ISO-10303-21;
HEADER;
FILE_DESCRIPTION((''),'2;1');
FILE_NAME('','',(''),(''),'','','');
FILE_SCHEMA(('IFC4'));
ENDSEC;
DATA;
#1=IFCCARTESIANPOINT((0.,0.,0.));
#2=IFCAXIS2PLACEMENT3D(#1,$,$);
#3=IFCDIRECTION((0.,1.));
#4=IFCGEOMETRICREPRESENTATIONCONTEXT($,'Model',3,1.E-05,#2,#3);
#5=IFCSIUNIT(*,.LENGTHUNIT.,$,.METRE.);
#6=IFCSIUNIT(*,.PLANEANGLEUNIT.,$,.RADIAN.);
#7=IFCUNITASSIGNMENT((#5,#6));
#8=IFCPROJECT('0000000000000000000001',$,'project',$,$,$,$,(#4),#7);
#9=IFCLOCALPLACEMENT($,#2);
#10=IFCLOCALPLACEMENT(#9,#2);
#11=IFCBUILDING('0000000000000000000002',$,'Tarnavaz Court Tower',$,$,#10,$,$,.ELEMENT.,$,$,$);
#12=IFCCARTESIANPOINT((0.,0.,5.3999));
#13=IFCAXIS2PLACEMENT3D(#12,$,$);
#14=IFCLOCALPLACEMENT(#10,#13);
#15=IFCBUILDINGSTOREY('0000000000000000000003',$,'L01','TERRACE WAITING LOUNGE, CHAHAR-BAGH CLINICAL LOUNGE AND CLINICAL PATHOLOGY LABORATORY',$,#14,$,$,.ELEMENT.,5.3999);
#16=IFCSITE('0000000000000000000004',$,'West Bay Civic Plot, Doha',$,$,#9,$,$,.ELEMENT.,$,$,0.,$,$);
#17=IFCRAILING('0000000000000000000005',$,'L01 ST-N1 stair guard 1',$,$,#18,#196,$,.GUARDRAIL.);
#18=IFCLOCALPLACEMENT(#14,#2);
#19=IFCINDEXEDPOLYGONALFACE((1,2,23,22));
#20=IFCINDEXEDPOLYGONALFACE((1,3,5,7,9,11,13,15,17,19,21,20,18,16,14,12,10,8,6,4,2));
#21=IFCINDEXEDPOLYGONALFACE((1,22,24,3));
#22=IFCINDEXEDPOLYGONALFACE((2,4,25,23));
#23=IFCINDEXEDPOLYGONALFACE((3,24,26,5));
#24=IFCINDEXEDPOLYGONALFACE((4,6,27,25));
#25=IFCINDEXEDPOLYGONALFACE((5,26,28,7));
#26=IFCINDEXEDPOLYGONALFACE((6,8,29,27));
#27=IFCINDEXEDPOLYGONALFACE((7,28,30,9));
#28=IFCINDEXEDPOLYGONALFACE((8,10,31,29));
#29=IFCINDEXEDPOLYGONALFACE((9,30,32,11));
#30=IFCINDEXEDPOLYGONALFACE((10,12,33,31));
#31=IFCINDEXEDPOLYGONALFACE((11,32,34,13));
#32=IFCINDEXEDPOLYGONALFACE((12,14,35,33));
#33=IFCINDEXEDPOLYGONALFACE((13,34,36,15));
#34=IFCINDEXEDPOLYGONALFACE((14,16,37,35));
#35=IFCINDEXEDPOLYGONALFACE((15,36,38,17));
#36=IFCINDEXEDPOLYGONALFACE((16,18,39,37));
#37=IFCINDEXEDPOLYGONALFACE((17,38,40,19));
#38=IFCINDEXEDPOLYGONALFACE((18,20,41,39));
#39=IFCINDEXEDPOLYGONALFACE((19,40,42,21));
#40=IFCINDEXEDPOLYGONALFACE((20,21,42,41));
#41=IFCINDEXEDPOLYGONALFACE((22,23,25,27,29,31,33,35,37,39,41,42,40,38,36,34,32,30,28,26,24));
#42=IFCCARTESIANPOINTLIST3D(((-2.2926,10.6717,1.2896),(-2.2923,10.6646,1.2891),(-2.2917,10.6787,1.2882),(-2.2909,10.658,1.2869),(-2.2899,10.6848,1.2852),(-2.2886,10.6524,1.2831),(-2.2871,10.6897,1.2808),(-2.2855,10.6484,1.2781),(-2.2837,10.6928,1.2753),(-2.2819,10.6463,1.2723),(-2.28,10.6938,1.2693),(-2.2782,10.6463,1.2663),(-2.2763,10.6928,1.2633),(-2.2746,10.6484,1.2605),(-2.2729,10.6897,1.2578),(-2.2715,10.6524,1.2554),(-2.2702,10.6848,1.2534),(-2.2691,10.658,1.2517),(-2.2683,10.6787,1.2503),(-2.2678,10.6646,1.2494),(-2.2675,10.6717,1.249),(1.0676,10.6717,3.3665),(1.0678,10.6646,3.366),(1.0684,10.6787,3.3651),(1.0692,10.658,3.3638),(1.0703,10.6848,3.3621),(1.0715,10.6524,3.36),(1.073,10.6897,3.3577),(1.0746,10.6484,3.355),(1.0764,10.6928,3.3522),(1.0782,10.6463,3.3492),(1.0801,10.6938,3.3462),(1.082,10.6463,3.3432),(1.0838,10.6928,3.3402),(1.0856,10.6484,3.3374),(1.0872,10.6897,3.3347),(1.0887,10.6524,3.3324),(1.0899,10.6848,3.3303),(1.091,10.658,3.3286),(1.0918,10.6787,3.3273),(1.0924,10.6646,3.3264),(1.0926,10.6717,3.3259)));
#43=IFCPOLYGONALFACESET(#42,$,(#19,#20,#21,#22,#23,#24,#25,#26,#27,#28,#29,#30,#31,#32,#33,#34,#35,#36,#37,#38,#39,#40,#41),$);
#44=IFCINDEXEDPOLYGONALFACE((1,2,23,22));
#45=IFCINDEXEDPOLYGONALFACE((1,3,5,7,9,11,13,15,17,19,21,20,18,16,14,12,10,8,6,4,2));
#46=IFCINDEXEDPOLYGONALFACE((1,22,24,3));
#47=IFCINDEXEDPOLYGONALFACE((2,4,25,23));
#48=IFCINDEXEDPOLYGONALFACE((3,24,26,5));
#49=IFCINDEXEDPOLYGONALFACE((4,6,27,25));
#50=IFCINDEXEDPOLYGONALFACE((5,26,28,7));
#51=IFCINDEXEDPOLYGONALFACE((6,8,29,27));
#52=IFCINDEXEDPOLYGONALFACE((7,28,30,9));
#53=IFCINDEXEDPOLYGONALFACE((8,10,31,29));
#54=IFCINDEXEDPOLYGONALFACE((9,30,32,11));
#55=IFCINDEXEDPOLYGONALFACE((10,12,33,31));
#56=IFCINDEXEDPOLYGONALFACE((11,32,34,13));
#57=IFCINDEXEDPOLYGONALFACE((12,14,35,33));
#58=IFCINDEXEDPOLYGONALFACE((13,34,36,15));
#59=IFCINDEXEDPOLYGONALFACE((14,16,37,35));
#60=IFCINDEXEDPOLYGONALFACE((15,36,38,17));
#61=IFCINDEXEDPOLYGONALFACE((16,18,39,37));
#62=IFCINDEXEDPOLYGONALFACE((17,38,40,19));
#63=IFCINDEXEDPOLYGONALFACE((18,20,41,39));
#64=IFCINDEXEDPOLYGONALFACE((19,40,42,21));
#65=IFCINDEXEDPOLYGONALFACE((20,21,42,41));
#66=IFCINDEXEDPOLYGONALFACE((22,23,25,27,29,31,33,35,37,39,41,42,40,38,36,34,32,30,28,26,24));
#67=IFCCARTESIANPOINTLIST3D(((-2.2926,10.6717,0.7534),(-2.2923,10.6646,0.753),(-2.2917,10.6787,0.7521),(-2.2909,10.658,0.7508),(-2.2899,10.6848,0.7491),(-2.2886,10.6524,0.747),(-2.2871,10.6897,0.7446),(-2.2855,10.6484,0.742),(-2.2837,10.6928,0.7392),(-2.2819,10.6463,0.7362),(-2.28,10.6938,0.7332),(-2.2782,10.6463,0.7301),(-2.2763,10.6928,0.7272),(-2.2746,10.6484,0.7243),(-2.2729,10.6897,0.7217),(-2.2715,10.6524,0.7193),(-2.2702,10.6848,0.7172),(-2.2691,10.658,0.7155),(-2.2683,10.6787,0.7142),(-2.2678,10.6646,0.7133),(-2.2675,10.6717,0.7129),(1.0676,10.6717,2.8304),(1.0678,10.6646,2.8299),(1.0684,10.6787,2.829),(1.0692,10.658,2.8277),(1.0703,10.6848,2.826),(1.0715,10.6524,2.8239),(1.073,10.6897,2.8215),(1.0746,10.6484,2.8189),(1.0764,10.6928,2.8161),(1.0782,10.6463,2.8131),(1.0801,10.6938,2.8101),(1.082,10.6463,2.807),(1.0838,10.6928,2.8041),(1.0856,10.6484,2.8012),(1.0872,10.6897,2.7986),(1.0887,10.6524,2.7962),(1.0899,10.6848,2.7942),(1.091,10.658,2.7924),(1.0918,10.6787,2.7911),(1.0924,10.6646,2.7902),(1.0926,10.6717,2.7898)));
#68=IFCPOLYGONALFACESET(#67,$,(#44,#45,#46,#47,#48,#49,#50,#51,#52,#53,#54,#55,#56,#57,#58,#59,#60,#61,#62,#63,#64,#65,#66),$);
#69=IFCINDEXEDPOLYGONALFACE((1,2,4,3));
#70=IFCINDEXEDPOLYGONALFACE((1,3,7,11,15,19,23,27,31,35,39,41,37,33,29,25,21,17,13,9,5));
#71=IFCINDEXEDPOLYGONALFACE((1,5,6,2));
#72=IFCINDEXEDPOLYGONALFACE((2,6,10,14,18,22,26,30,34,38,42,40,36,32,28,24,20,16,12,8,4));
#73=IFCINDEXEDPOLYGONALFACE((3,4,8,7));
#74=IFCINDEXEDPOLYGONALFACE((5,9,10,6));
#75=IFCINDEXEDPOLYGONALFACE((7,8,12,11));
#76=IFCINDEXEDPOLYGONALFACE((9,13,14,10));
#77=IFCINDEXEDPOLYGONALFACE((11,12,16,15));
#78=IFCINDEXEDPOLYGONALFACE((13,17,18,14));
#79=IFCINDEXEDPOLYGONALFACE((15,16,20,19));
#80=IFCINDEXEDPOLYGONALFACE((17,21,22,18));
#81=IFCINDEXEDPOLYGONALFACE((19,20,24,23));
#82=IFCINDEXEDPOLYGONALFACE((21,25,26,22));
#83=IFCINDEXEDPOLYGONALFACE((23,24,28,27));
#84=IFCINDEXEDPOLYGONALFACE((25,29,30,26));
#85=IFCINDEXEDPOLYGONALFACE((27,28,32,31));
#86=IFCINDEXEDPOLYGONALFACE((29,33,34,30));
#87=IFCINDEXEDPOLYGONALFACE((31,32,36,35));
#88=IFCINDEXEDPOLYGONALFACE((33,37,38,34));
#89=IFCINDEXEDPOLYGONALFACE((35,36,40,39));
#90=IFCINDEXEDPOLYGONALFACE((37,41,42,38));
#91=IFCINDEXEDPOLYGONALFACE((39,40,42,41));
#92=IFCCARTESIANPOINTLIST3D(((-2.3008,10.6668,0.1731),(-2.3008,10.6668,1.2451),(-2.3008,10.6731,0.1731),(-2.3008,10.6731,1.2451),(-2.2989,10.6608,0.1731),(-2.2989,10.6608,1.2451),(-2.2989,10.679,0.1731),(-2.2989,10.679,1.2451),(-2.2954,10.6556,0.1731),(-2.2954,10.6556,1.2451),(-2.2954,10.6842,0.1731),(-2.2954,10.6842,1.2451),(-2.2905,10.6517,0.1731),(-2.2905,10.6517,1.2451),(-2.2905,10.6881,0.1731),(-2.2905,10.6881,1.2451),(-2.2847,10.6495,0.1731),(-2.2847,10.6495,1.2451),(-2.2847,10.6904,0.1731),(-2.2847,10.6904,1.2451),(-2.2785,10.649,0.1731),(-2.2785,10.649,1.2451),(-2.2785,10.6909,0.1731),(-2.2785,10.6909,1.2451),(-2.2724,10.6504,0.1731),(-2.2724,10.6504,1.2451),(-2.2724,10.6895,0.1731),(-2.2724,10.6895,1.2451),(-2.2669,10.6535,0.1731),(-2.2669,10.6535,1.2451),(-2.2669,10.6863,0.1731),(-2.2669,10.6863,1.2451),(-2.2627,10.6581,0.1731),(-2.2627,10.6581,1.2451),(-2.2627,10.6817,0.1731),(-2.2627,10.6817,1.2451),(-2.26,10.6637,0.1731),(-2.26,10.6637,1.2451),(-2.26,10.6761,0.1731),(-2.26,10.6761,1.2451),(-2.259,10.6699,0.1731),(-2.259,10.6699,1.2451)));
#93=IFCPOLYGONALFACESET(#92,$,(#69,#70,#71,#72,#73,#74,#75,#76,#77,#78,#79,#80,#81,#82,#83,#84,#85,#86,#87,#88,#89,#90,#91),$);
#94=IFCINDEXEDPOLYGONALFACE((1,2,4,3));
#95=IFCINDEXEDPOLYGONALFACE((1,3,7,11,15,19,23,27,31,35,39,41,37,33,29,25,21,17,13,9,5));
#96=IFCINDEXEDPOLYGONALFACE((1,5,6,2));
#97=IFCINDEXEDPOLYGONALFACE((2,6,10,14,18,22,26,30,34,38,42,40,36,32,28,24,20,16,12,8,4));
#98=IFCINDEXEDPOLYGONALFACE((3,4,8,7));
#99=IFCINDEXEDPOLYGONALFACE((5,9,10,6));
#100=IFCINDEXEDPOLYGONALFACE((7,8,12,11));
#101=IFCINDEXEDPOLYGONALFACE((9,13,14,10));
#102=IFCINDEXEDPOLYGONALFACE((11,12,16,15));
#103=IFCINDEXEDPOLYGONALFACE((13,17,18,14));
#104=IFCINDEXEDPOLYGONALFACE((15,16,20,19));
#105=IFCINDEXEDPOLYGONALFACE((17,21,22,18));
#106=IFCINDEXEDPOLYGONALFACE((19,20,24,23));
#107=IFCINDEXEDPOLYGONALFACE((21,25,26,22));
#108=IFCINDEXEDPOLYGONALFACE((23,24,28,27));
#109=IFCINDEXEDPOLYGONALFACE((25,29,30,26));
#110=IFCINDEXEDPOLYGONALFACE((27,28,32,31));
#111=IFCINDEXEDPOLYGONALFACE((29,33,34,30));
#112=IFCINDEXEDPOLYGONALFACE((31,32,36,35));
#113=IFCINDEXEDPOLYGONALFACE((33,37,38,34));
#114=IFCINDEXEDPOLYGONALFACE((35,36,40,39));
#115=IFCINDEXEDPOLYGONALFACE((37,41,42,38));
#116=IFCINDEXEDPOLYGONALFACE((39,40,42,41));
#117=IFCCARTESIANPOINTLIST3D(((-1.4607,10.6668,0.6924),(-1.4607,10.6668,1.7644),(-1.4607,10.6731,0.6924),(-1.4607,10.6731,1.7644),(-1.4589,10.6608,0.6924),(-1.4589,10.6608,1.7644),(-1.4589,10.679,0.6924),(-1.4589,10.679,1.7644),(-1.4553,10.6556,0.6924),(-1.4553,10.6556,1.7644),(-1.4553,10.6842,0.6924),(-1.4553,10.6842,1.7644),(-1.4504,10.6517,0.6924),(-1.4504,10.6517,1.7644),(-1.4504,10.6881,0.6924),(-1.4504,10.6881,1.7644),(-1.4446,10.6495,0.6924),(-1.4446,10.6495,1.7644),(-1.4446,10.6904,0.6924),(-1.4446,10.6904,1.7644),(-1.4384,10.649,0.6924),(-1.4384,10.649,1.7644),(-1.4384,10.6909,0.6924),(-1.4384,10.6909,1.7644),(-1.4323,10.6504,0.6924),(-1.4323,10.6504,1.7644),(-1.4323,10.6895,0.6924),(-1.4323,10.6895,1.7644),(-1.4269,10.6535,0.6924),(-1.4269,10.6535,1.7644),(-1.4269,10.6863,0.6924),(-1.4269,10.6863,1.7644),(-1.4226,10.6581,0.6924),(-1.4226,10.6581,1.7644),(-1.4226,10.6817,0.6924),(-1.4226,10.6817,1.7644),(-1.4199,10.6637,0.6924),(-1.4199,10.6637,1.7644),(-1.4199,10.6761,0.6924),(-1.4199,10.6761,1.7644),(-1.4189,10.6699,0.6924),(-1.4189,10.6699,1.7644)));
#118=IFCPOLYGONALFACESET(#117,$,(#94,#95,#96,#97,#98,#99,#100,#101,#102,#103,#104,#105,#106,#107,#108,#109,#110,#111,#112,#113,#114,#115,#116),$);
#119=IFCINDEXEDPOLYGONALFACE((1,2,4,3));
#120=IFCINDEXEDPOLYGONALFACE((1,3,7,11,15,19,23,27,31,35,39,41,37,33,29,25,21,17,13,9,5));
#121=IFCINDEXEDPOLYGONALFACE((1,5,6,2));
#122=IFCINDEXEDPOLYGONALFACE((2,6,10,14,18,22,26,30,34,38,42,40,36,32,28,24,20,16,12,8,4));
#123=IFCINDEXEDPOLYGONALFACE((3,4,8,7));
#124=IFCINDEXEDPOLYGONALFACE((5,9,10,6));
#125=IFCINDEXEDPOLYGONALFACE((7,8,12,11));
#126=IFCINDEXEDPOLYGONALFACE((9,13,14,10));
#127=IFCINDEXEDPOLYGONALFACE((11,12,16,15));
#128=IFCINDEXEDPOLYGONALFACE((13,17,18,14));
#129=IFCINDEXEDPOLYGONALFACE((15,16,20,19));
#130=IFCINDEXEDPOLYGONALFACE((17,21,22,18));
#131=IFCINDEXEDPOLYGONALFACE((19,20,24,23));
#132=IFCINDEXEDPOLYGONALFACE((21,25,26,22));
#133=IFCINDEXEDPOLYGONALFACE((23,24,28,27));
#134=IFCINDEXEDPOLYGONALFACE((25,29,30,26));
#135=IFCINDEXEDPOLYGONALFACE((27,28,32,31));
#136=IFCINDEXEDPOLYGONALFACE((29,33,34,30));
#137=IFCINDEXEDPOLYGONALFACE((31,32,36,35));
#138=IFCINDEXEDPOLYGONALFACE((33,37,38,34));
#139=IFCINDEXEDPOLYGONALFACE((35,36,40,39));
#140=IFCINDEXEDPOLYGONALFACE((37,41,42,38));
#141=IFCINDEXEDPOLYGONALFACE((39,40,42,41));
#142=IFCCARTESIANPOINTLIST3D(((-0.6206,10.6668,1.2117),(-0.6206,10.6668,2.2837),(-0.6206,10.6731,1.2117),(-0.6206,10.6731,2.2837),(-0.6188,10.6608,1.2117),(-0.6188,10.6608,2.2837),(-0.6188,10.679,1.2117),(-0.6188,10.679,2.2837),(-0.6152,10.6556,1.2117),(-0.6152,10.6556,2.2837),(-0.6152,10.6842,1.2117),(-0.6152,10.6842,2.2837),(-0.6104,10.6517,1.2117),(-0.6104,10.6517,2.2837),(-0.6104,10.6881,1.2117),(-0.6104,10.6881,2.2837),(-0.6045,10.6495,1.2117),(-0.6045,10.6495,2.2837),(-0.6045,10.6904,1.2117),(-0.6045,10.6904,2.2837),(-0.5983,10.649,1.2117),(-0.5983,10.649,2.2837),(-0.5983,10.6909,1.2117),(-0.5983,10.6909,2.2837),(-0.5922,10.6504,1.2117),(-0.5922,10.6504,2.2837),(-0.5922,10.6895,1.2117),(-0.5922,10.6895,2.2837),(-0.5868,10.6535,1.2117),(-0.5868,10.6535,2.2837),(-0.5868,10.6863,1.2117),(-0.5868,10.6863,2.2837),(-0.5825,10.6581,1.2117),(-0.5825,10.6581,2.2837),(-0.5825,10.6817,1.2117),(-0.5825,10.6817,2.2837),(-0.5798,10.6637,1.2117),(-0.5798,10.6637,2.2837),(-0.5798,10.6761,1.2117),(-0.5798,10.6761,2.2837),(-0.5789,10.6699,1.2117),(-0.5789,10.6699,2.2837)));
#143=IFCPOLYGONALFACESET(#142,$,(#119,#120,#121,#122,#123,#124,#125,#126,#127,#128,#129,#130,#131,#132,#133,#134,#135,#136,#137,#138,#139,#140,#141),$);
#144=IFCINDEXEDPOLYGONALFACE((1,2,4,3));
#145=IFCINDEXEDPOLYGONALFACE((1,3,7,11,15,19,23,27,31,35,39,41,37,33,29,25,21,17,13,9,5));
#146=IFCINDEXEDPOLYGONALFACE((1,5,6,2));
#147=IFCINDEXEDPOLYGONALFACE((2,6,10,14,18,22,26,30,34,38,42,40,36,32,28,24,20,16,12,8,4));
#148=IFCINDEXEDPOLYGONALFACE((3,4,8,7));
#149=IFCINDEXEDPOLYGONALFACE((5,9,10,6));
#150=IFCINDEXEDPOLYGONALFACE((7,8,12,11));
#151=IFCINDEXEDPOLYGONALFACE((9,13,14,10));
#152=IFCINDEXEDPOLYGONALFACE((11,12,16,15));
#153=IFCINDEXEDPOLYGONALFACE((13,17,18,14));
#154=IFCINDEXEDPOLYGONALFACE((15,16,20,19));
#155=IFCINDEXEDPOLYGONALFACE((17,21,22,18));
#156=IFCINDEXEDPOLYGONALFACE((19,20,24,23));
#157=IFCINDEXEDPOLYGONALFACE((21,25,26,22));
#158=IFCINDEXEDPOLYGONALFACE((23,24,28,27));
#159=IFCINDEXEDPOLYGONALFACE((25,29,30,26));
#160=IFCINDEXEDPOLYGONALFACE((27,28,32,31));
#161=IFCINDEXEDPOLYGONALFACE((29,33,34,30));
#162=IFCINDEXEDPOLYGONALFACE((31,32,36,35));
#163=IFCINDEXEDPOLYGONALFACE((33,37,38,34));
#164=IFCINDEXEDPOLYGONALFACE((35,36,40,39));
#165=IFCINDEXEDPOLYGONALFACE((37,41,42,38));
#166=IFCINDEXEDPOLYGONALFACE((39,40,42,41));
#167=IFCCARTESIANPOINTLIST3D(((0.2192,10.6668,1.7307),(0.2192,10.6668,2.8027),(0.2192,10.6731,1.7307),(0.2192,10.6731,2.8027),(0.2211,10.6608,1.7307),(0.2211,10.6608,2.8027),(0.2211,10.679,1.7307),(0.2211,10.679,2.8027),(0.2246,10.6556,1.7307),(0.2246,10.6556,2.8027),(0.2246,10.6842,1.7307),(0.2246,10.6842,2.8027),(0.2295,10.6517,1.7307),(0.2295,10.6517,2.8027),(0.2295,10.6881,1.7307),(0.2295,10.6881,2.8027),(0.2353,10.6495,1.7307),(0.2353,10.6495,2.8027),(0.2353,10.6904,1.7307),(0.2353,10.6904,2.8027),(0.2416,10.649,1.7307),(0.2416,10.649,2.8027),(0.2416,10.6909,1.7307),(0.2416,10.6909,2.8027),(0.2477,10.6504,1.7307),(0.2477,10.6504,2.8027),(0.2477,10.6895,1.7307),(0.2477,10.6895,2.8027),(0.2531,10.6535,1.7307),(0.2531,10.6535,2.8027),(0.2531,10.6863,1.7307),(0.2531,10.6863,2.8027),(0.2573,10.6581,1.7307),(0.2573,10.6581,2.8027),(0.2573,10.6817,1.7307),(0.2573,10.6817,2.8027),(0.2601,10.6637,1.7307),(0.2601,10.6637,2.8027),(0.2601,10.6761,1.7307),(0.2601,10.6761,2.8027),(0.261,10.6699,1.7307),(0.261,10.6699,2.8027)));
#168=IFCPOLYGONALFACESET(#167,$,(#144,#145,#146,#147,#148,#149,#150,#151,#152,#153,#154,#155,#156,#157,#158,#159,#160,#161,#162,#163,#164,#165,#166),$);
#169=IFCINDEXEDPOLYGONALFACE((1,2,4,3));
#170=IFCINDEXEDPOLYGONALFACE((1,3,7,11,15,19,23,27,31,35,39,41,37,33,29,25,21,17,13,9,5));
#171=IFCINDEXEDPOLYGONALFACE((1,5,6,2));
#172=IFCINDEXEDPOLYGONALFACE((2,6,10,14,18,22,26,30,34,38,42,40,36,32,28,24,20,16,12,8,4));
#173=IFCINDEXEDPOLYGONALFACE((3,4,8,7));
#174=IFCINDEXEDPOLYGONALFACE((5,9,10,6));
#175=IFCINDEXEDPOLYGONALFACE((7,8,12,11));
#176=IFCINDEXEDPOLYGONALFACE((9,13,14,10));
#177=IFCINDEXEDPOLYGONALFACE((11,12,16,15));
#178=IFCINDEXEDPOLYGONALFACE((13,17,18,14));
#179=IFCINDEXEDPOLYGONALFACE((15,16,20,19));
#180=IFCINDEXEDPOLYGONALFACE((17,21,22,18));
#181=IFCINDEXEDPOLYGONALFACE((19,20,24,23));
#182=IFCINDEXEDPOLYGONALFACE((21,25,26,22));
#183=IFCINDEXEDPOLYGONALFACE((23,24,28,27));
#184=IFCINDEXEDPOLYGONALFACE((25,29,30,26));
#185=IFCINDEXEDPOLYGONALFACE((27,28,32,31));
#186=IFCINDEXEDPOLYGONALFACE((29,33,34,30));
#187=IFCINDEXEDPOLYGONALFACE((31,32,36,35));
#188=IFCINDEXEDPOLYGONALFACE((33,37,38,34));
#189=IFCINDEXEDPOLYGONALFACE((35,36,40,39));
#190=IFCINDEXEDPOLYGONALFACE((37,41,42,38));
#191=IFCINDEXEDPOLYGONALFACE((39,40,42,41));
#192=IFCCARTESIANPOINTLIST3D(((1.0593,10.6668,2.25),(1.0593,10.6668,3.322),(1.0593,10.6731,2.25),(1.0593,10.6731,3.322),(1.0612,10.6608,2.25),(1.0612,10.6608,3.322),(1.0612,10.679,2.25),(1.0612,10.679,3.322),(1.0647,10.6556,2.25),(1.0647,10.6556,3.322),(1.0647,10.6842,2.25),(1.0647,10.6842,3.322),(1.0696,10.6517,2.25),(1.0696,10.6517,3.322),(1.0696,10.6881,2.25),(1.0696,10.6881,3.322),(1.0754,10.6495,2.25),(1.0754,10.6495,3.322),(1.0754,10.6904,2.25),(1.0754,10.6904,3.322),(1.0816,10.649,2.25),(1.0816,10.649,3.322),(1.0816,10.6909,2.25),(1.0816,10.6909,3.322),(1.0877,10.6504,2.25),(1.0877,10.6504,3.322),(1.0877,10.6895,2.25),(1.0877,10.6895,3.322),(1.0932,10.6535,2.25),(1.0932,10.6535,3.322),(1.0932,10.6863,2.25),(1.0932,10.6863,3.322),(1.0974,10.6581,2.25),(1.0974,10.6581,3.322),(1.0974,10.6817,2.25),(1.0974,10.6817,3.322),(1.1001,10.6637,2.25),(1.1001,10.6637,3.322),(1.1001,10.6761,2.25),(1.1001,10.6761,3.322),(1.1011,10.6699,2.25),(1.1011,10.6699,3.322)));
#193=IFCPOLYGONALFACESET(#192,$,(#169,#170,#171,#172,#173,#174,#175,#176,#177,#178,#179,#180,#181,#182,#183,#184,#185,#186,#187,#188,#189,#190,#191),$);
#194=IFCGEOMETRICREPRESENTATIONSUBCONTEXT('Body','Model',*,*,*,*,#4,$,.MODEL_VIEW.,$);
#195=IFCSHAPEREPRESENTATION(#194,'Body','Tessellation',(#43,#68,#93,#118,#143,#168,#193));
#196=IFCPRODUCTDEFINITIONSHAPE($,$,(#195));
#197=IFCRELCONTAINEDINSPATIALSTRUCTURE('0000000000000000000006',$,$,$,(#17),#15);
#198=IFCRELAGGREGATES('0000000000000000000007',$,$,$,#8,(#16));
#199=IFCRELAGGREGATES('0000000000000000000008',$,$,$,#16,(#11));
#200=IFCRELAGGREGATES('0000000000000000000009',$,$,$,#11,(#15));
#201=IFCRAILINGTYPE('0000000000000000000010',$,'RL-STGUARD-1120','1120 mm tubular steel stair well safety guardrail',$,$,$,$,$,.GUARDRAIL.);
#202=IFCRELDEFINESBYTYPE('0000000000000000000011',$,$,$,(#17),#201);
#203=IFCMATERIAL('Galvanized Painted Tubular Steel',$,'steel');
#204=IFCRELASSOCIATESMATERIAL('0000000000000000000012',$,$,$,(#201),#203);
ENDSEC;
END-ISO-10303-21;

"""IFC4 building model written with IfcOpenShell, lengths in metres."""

from ifc_helpers import new_model, si_unit, direction, frame, origin, origin_2d, place, context, subcontext, project, spatial, circle, extrude, material, type_object, element, save


model = new_model("IFC4")

# Units and contexts
model_context = context("Model", 3, precision=1e-05, world=origin(), true_north=direction((0.0, 1.0)))
body_context = subcontext(model_context, "Body", "Model", "MODEL_VIEW")
ifc_project = project(units=[si_unit("LENGTHUNIT", "METRE"), si_unit("PLANEANGLEUNIT", "RADIAN")], contexts=[model_context])

# Site, building, storey
site_placement = place(None, origin())
site = spatial("IfcSite", under=ifc_project, at=site_placement, Name="West Bay Civic Plot, Doha", CompositionType="ELEMENT", RefElevation=0.0)
building_placement = place(site_placement, origin())
building = spatial("IfcBuilding", under=site, at=building_placement, Name="Tarnavaz Court Tower", CompositionType="ELEMENT")
storey_placement = place(building_placement, frame((0.0, 0.0, 5.3999)))
storey = spatial("IfcBuildingStorey", under=building, at=storey_placement, Name="L01", Description="TERRACE WAITING LOUNGE, CHAHAR-BAGH CLINICAL LOUNGE AND CLINICAL PATHOLOGY LABORATORY", CompositionType="ELEMENT", Elevation=5.3999)

# Railing
ifc_material_1 = material(Name="Galvanized Painted Tubular Steel", Category="steel")
railing_type_1 = type_object("IfcRailingType", Name="RL-STGUARD-1120", Description="1120 mm tubular steel stair well safety guardrail", PredefinedType="GUARDRAIL", material=ifc_material_1)
railing_1_placement = place(storey_placement, frame((-2.28, 10.6699, 0.1731)))
element("IfcRailing", 1, at=railing_1_placement, inside=storey, type_object=railing_type_1, Name="L01 ST-N1 stair guard 1", PredefinedType="GUARDRAIL", context=body_context, shape_type="SweptSolid", body=[
    extrude(circle(Radius=0.0239, at=origin_2d()), frame((0.0, 0.0, 1.0962), z_axis=(0.850623, 0.0, 0.525776), x_axis=(0.0, 1.0, 0.0)), (0.0, 0.0, 1.0), 3.9502),
    extrude(circle(Radius=0.0239, at=origin_2d()), frame((0.0, 0.0, 0.5601), z_axis=(0.850623, 0.0, 0.525776), x_axis=(0.0, 1.0, 0.0)), (0.0, 0.0, 1.0), 3.9502),
    extrude(circle(Radius=0.021, at=origin_2d()), origin(), (0.0, 0.0, 1.0), 1.072),
    extrude(circle(Radius=0.021, at=origin_2d()), frame((0.8401, 0.0, 0.5193)), (0.0, 0.0, 1.0), 1.072),
    extrude(circle(Radius=0.021, at=origin_2d()), frame((1.6802, 0.0, 1.0386)), (0.0, 0.0, 1.0), 1.072),
    extrude(circle(Radius=0.021, at=origin_2d()), frame((2.52, 0.0, 1.5576)), (0.0, 0.0, 1.0), 1.072),
    extrude(circle(Radius=0.021, at=origin_2d()), frame((3.3601, 0.0, 2.0769)), (0.0, 0.0, 1.0), 1.072),
])

save(model, "model.ifc")
